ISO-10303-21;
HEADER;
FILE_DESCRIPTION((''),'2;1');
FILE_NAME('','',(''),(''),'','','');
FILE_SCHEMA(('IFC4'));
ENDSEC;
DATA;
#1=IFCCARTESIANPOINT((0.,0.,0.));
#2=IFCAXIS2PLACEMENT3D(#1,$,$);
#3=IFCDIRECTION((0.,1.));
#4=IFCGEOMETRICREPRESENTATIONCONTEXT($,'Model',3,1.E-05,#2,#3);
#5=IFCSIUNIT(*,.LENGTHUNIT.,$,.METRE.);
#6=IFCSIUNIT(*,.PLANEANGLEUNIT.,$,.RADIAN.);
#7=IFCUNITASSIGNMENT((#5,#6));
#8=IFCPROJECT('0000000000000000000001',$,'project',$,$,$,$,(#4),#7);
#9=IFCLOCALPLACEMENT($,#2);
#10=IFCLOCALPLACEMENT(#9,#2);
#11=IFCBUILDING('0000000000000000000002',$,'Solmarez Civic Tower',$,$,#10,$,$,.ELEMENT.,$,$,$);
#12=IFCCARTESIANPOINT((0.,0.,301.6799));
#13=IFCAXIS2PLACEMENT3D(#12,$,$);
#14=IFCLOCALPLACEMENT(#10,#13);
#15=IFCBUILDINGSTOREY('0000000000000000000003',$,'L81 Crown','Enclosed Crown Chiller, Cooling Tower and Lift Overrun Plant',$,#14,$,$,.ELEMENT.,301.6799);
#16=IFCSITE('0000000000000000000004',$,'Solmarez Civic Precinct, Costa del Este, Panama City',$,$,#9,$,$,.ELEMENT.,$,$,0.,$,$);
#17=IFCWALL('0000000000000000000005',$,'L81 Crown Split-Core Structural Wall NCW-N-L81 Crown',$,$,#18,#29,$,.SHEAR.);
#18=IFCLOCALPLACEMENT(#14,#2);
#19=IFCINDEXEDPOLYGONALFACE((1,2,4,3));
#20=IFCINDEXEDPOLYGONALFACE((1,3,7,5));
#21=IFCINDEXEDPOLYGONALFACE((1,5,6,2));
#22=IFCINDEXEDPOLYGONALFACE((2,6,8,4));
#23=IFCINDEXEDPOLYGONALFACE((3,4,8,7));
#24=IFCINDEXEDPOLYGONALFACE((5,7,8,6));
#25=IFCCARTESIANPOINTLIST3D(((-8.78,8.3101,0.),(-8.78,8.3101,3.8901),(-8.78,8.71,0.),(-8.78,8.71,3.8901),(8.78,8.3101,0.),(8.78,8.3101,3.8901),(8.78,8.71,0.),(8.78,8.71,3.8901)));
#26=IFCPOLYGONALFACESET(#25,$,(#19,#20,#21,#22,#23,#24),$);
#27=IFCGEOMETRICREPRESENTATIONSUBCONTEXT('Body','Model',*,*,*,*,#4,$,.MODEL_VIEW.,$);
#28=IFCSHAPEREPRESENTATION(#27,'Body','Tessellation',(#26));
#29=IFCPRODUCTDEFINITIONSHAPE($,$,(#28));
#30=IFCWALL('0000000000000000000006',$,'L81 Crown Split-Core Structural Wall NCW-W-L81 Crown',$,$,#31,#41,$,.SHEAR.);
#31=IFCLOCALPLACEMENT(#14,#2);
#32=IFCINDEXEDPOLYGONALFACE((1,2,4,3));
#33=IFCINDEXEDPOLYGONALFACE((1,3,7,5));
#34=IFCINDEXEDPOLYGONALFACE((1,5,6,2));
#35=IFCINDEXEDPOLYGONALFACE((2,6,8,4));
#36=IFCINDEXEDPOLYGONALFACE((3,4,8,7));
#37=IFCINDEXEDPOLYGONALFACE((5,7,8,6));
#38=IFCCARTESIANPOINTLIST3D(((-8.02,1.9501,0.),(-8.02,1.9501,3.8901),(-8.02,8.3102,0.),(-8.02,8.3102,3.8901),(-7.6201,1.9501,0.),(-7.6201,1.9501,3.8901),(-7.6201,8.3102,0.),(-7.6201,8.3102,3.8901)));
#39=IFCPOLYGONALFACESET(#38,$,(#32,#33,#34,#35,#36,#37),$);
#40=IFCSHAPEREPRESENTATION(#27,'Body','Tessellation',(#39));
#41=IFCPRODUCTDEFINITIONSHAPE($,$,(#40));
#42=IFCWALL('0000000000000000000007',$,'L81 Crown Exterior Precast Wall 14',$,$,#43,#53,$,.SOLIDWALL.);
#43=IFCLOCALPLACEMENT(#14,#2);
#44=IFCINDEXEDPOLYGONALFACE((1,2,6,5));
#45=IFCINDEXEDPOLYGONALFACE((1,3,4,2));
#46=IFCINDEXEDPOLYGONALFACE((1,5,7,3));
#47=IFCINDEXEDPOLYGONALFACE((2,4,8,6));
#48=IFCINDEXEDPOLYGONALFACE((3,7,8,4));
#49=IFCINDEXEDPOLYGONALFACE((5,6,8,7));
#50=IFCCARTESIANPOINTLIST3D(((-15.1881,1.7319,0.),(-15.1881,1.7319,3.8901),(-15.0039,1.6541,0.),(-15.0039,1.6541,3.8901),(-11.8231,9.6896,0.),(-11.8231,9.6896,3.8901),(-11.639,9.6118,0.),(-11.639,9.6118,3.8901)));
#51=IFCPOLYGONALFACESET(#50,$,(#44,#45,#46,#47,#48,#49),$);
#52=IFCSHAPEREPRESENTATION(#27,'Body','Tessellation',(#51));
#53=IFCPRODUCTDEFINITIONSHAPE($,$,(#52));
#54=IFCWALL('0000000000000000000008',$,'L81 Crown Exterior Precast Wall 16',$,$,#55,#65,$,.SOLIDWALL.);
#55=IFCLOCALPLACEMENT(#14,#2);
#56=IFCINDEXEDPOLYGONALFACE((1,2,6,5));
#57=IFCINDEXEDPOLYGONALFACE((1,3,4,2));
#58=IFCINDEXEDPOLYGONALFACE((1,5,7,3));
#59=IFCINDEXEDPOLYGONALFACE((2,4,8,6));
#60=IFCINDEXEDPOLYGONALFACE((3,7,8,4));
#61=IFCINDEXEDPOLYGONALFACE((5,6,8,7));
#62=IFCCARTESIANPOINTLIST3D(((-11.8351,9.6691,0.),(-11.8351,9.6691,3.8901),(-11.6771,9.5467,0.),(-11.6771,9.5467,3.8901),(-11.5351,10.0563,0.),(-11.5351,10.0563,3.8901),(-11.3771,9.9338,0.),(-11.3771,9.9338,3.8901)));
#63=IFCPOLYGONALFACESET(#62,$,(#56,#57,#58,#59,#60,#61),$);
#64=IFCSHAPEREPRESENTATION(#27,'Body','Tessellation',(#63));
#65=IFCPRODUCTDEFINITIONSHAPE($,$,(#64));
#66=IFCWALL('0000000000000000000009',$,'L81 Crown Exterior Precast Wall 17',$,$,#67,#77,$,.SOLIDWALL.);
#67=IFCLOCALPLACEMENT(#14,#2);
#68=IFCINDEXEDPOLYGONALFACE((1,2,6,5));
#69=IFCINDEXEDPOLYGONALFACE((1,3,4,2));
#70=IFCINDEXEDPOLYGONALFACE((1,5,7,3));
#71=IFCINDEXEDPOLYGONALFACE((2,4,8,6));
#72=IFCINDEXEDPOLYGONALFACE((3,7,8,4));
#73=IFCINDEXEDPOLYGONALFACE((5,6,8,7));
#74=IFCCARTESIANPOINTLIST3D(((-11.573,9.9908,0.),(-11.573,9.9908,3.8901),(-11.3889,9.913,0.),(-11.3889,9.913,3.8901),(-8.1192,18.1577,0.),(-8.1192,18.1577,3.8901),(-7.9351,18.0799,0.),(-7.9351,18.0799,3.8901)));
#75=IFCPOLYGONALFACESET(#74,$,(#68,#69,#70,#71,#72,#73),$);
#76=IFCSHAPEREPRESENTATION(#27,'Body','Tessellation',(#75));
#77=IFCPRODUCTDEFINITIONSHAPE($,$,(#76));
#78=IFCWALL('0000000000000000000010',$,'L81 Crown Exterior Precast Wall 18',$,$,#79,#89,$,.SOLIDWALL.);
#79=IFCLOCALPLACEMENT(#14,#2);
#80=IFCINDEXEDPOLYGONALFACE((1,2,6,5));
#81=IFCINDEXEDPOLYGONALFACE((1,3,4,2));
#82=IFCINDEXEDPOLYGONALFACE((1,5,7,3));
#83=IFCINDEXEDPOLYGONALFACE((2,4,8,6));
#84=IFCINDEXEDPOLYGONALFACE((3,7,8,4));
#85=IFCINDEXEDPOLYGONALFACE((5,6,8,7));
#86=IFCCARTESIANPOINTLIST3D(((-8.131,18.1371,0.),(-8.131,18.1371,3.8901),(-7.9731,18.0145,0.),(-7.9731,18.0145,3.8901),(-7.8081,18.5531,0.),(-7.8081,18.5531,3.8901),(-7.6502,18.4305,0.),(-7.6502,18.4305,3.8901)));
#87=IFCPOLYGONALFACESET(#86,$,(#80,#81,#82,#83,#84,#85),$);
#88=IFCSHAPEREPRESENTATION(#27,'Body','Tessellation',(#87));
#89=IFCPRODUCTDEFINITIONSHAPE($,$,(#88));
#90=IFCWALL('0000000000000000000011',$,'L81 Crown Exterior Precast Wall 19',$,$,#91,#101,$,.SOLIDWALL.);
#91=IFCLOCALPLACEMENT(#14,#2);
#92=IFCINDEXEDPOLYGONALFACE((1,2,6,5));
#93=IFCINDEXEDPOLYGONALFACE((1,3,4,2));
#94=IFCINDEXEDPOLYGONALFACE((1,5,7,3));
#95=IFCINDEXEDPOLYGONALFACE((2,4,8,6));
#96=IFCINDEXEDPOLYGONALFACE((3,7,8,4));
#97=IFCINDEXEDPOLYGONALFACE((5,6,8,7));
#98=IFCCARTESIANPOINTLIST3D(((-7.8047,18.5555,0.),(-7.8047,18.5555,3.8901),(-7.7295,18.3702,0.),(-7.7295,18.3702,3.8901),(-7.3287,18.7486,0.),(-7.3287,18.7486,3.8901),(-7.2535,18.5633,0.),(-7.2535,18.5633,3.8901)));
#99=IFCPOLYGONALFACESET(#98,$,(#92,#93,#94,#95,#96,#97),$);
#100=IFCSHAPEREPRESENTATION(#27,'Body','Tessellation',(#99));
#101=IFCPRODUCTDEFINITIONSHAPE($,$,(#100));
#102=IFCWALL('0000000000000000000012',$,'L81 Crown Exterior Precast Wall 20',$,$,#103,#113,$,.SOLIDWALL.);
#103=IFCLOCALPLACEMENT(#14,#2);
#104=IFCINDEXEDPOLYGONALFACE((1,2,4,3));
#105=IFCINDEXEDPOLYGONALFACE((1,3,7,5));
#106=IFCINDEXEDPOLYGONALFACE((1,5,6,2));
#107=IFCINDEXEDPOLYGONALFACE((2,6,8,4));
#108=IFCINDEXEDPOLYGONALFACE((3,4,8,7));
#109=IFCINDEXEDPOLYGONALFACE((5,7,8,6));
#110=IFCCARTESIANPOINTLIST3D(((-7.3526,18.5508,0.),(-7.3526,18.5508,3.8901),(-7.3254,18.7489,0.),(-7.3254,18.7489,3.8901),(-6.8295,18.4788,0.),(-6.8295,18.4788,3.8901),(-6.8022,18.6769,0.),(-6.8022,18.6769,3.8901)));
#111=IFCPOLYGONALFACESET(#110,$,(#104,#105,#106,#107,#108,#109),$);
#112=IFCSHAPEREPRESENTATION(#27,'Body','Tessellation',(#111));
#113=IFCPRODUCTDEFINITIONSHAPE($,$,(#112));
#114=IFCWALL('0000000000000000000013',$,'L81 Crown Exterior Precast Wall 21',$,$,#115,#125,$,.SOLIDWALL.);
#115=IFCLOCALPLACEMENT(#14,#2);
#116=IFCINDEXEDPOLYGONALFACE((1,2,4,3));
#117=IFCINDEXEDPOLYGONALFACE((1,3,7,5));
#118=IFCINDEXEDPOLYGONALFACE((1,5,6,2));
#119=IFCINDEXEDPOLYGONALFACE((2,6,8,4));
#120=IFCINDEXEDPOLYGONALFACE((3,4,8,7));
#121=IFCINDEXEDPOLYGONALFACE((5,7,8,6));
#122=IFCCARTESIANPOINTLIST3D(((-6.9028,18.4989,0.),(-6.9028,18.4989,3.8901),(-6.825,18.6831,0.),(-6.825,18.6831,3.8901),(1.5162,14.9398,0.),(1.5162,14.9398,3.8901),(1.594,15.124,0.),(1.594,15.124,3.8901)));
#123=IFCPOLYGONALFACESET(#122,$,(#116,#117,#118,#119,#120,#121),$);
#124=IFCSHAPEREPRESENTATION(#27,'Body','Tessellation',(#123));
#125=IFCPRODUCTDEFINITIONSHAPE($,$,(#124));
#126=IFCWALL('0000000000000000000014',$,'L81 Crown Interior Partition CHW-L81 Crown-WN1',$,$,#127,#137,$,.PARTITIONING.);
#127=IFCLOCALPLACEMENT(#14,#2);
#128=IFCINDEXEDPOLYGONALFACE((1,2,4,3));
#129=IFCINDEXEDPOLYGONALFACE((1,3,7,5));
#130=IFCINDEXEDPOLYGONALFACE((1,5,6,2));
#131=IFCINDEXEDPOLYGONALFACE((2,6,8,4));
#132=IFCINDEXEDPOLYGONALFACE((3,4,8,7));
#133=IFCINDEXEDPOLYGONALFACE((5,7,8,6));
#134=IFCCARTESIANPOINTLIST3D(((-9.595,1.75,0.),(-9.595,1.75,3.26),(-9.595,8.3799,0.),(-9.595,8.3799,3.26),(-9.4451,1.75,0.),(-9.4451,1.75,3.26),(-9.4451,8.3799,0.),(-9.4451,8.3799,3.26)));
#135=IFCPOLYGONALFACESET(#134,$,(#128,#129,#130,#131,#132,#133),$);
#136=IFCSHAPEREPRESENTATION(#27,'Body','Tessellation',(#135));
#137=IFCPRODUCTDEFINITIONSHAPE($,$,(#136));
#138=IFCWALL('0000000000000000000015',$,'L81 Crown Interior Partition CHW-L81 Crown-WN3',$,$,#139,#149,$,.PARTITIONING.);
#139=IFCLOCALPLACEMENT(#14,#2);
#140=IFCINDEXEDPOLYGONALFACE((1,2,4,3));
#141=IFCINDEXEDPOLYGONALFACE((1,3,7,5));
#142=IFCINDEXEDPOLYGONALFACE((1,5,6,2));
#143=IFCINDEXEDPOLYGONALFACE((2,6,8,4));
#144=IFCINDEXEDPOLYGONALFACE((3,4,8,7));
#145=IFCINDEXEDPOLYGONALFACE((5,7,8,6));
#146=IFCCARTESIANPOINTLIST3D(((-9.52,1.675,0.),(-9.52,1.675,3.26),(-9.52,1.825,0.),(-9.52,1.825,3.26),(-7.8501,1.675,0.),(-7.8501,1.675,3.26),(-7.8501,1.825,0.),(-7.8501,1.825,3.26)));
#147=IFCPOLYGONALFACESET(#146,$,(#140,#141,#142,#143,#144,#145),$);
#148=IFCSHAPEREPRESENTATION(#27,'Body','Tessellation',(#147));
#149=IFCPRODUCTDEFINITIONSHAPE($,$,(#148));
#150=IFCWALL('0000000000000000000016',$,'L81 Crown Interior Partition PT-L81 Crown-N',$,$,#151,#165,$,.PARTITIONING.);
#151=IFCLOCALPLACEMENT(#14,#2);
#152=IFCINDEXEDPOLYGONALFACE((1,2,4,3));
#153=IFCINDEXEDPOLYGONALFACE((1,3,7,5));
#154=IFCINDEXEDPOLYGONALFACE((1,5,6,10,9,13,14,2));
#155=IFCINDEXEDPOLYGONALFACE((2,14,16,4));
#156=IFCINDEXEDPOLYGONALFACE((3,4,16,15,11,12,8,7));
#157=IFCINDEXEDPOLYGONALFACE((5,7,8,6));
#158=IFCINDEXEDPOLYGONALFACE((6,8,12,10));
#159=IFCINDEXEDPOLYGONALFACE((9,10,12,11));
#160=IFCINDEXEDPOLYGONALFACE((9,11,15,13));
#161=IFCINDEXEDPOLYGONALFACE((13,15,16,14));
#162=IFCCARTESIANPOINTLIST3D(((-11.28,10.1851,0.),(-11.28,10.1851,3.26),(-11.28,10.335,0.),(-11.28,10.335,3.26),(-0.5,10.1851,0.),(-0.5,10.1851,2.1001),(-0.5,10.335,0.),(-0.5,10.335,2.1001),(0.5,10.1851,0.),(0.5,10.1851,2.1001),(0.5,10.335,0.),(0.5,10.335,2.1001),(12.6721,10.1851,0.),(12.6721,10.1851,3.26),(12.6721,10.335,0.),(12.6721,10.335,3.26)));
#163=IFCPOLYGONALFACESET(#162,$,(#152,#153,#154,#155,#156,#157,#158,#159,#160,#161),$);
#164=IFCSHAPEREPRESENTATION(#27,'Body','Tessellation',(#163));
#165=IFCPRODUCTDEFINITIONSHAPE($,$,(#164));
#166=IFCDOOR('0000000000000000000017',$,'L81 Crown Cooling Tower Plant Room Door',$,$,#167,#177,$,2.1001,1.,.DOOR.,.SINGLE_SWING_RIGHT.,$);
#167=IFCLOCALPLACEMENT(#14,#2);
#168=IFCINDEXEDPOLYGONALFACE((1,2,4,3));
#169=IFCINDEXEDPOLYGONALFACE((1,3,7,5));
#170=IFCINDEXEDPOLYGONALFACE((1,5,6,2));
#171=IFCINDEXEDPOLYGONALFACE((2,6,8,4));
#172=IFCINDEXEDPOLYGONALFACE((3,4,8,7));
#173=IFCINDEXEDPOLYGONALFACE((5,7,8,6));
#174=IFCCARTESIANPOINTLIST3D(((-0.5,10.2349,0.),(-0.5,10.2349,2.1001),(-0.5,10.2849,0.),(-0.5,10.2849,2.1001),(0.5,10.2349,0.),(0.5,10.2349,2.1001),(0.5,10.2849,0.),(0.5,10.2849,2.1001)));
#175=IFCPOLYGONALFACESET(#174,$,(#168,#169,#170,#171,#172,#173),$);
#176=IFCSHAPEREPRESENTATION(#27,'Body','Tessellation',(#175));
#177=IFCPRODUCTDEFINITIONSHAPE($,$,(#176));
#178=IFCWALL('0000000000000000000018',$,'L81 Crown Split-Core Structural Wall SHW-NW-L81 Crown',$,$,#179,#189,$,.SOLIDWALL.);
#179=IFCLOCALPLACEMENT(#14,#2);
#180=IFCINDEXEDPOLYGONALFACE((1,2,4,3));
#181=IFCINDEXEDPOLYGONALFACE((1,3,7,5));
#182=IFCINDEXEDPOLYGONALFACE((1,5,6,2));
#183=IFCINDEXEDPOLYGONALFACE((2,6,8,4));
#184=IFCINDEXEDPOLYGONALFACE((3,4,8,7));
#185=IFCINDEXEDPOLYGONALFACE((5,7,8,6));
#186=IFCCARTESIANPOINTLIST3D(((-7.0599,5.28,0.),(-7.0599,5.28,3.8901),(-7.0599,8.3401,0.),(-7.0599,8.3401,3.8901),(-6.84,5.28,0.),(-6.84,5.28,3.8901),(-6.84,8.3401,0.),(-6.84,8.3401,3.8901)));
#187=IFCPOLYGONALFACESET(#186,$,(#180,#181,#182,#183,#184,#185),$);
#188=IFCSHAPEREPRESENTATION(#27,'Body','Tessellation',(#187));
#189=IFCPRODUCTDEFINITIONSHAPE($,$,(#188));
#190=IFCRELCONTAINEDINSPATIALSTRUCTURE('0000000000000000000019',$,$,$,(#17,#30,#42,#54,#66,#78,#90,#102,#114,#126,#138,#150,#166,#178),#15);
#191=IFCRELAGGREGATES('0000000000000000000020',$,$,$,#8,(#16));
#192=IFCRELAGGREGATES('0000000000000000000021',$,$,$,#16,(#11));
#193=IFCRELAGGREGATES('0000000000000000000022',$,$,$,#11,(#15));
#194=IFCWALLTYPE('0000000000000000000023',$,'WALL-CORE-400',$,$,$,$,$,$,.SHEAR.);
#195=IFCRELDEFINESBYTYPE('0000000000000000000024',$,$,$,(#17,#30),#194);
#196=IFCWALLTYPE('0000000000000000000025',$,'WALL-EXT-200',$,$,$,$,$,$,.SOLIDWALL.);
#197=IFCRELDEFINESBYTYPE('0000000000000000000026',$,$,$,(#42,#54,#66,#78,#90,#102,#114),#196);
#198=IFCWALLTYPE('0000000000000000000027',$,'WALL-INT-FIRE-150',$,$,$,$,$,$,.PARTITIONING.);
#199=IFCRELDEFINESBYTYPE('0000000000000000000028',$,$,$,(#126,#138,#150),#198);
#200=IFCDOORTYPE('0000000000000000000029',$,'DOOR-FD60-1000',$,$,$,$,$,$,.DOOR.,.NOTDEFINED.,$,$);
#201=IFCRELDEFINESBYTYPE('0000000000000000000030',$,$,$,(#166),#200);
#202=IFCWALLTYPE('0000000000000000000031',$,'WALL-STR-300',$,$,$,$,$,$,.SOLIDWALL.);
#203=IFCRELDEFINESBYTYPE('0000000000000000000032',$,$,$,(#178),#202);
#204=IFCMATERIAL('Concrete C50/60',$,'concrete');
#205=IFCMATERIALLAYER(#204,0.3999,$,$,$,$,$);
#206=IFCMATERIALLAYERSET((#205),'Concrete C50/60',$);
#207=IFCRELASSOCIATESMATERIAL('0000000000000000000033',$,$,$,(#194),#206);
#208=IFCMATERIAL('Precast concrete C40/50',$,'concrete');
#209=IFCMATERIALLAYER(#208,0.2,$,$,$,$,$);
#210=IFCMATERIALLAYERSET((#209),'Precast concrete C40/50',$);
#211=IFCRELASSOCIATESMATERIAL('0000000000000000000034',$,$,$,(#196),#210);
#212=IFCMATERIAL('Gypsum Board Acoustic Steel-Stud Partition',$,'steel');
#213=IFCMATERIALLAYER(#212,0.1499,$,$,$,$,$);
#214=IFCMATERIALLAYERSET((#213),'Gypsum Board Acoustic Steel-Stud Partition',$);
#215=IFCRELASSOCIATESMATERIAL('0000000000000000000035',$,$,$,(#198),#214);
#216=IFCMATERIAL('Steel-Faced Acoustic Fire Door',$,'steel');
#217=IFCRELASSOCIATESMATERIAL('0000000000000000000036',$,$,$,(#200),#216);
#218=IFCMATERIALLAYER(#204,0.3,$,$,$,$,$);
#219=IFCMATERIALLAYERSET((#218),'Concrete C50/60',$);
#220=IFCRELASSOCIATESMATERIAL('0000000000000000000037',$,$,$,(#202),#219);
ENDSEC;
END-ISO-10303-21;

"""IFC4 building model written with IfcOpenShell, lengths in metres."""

from ifc_helpers import new_model, si_unit, direction, frame, frame_2d, origin, place, context, subcontext, project, spatial, rectangle, extrude, material, layer, layer_set, type_object, element, fill, save


model = new_model("IFC4")

# Units and contexts
model_context = context("Model", 3, precision=1e-05, world=origin(), true_north=direction((0.0, 1.0)))
body_context = subcontext(model_context, "Body", "Model", "MODEL_VIEW")
ifc_project = project(units=[si_unit("LENGTHUNIT", "METRE"), si_unit("PLANEANGLEUNIT", "RADIAN")], contexts=[model_context])

# Site, building, storey
site_placement = place(None, origin())
site = spatial("IfcSite", under=ifc_project, at=site_placement, Name="Solmarez Civic Precinct, Costa del Este, Panama City", CompositionType="ELEMENT", RefElevation=0.0)
building_placement = place(site_placement, origin())
building = spatial("IfcBuilding", under=site, at=building_placement, Name="Solmarez Civic Tower", CompositionType="ELEMENT")
storey_placement = place(building_placement, frame((0.0, 0.0, 301.6799)))
storey = spatial("IfcBuildingStorey", under=building, at=storey_placement, Name="L81 Crown", Description="Enclosed Crown Chiller, Cooling Tower and Lift Overrun Plant", CompositionType="ELEMENT", Elevation=301.6799)

# Walls
ifc_material_1 = material(Name="Concrete C50/60", Category="concrete")
ifc_layer_1 = layer(ifc_material_1, 0.3999)
ifc_layer_set_1 = layer_set([ifc_layer_1], Name="Concrete C50/60")
wall_type_1 = type_object("IfcWallType", Name="WALL-CORE-400", PredefinedType="SHEAR", material=ifc_layer_set_1)
wall_1_placement = place(storey_placement, frame((-8.78, 8.51, 0.0), z_axis=(0.0, 0.0, 1.0), x_axis=(1.0, 0.0, 0.0)))
element("IfcWall", 1, at=wall_1_placement, inside=storey, type_object=wall_type_1, Name="L81 Crown Split-Core Structural Wall NCW-N-L81 Crown", PredefinedType="SHEAR", context=body_context, shape_type="SweptSolid", body=[
    extrude(rectangle(XDim=17.5601, YDim=0.3999, at=frame_2d((8.78, 0.0))), origin(), (0.0, 0.0, 1.0), 3.8901),
])
wall_2_placement = place(storey_placement, frame((-7.8201, 1.95, 0.0), z_axis=(0.0, 0.0, 1.0), x_axis=(0.0, 1.0, 0.0)))
element("IfcWall", 2, at=wall_2_placement, inside=storey, type_object=wall_type_1, Name="L81 Crown Split-Core Structural Wall NCW-W-L81 Crown", PredefinedType="SHEAR", context=body_context, shape_type="SweptSolid", body=[
    extrude(rectangle(XDim=6.3601, YDim=0.3999, at=frame_2d((3.1802, 0.0))), origin(), (0.0, 0.0, 1.0), 3.8901),
])
ifc_material_2 = material(Name="Precast concrete C40/50", Category="concrete")
ifc_layer_2 = layer(ifc_material_2, 0.2)
ifc_layer_set_2 = layer_set([ifc_layer_2], Name="Precast concrete C40/50")
wall_type_2 = type_object("IfcWallType", Name="WALL-EXT-200", PredefinedType="SOLIDWALL", material=ifc_layer_set_2)
wall_3_placement = place(storey_placement, frame((-15.0959, 1.6931, 0.0), z_axis=(0.0, 0.0, 1.0), x_axis=(0.389468, 0.92104, 0.0)))
element("IfcWall", 3, at=wall_3_placement, inside=storey, type_object=wall_type_2, Name="L81 Crown Exterior Precast Wall 14", PredefinedType="SOLIDWALL", context=body_context, shape_type="SweptSolid", body=[
    extrude(rectangle(XDim=8.6399, YDim=0.2, at=frame_2d((4.3198, 0.0))), origin(), (0.0, 0.0, 1.0), 3.8901),
])
wall_4_placement = place(storey_placement, frame((-11.7561, 9.6079, 0.0), z_axis=(0.0, 0.0, 1.0), x_axis=(0.612525, 0.790451, 0.0)))
element("IfcWall", 4, at=wall_4_placement, inside=storey, type_object=wall_type_2, Name="L81 Crown Exterior Precast Wall 16", PredefinedType="SOLIDWALL", context=body_context, shape_type="SweptSolid", body=[
    extrude(rectangle(XDim=0.4897, YDim=0.2, at=frame_2d((0.2449, 0.0))), origin(), (0.0, 0.0, 1.0), 3.8901),
])
wall_5_placement = place(storey_placement, frame((-11.481, 9.9519, 0.0), z_axis=(0.0, 0.0, 1.0), x_axis=(0.389505, 0.921024, 0.0)))
element("IfcWall", 5, at=wall_5_placement, inside=storey, type_object=wall_type_2, Name="L81 Crown Exterior Precast Wall 17", PredefinedType="SOLIDWALL", context=body_context, shape_type="SweptSolid", body=[
    extrude(rectangle(XDim=8.8672, YDim=0.2, at=frame_2d((4.4336, 0.0))), origin(), (0.0, 0.0, 1.0), 3.8901),
])
wall_6_placement = place(storey_placement, frame((-8.052, 18.0759, 0.0), z_axis=(0.0, 0.0, 1.0), x_axis=(0.613266, 0.789876, 0.0)))
element("IfcWall", 6, at=wall_6_placement, inside=storey, type_object=wall_type_2, Name="L81 Crown Exterior Precast Wall 18", PredefinedType="SOLIDWALL", context=body_context, shape_type="SweptSolid", body=[
    extrude(rectangle(XDim=0.5266, YDim=0.2, at=frame_2d((0.2632, 0.0))), origin(), (0.0, 0.0, 1.0), 3.8901),
])
wall_7_placement = place(storey_placement, frame((-7.7671, 18.4629, 0.0), z_axis=(0.0, 0.0, 1.0), x_axis=(0.926663, 0.375893, 0.0)))
element("IfcWall", 7, at=wall_7_placement, inside=storey, type_object=wall_type_2, Name="L81 Crown Exterior Precast Wall 19", PredefinedType="SOLIDWALL", context=body_context, shape_type="SweptSolid", body=[
    extrude(rectangle(XDim=0.5137, YDim=0.2, at=frame_2d((0.2568, 0.0))), origin(), (0.0, 0.0, 1.0), 3.8901),
])
wall_8_placement = place(storey_placement, frame((-7.3391, 18.6499, 0.0), z_axis=(0.0, 0.0, 1.0), x_axis=(0.990658, -0.136371, 0.0)))
element("IfcWall", 8, at=wall_8_placement, inside=storey, type_object=wall_type_2, Name="L81 Crown Exterior Precast Wall 20", PredefinedType="SOLIDWALL", context=body_context, shape_type="SweptSolid", body=[
    extrude(rectangle(XDim=0.5281, YDim=0.2, at=frame_2d((0.2642, 0.0))), origin(), (0.0, 0.0, 1.0), 3.8901),
])
wall_9_placement = place(storey_placement, frame((-6.864, 18.5911, 0.0), z_axis=(0.0, 0.0, 1.0), x_axis=(0.921076, -0.389382, 0.0)))
element("IfcWall", 9, at=wall_9_placement, inside=storey, type_object=wall_type_2, Name="L81 Crown Exterior Precast Wall 21", PredefinedType="SOLIDWALL", context=body_context, shape_type="SweptSolid", body=[
    extrude(rectangle(XDim=9.1404, YDim=0.2, at=frame_2d((4.5703, 0.0))), origin(), (0.0, 0.0, 1.0), 3.8901),
])
ifc_material_3 = material(Name="Gypsum Board Acoustic Steel-Stud Partition", Category="steel")
ifc_layer_3 = layer(ifc_material_3, 0.1499)
ifc_layer_set_3 = layer_set([ifc_layer_3], Name="Gypsum Board Acoustic Steel-Stud Partition")
wall_type_3 = type_object("IfcWallType", Name="WALL-INT-FIRE-150", PredefinedType="PARTITIONING", material=ifc_layer_set_3)
wall_10_placement = place(storey_placement, frame((-9.52, 1.75, 0.0), z_axis=(0.0, 0.0, 1.0), x_axis=(0.0, 1.0, 0.0)))
element("IfcWall", 10, at=wall_10_placement, inside=storey, type_object=wall_type_3, Name="L81 Crown Interior Partition CHW-L81 Crown-WN1", PredefinedType="PARTITIONING", context=body_context, shape_type="SweptSolid", body=[
    extrude(rectangle(XDim=6.6299, YDim=0.1499, at=frame_2d((3.3149, 0.0))), origin(), (0.0, 0.0, 1.0), 3.26),
])
wall_11_placement = place(storey_placement, frame((-7.8501, 1.75, 0.0), z_axis=(0.0, 0.0, 1.0), x_axis=(-1.0, 0.0, 0.0)))
element("IfcWall", 11, at=wall_11_placement, inside=storey, type_object=wall_type_3, Name="L81 Crown Interior Partition CHW-L81 Crown-WN3", PredefinedType="PARTITIONING", context=body_context, shape_type="SweptSolid", body=[
    extrude(rectangle(XDim=1.6699, YDim=0.1499, at=frame_2d((0.835, 0.0))), origin(), (0.0, 0.0, 1.0), 3.26),
])

# Wall, opening, door
wall_12_placement = place(storey_placement, frame((-11.28, 10.26, 0.0), z_axis=(0.0, 0.0, 1.0), x_axis=(1.0, 0.0, 0.0)))
wall_12 = element("IfcWall", 12, at=wall_12_placement, inside=storey, type_object=wall_type_3, Name="L81 Crown Interior Partition PT-L81 Crown-N", PredefinedType="PARTITIONING", context=body_context, shape_type="SweptSolid", body=[
    extrude(rectangle(XDim=23.9521, YDim=0.1499, at=frame_2d((11.9761, 0.0))), origin(), (0.0, 0.0, 1.0), 3.26),
])
opening_placement = place(wall_12_placement, frame((10.78, 0.0, 0.0)))
opening = element("IfcOpeningElement", 13, at=opening_placement, cuts=wall_12, PredefinedType="OPENING", context=body_context, shape_type="SweptSolid", body=[
    extrude(rectangle(XDim=1.0, YDim=2.1001, at=frame_2d((0.5, 1.05))), frame((0.0, 0.085, 0.0), z_axis=(0.0, -1.0, 0.0), x_axis=(1.0, 0.0, 0.0)), (0.0, 0.0, 1.0), 0.1699),
])
ifc_material_4 = material(Name="Steel-Faced Acoustic Fire Door", Category="steel")
door_type = type_object("IfcDoorType", Name="DOOR-FD60-1000", OperationType="NOTDEFINED", PredefinedType="DOOR", material=ifc_material_4)
door_placement = place(opening_placement, origin())
door = element("IfcDoor", 14, at=door_placement, inside=storey, type_object=door_type, Name="L81 Crown Cooling Tower Plant Room Door", OperationType="SINGLE_SWING_RIGHT", OverallHeight=2.1001, OverallWidth=1.0, PredefinedType="DOOR", context=body_context, shape_type="SweptSolid", body=[
    extrude(rectangle(XDim=1.0, YDim=2.1001, at=frame_2d((0.5, 1.05))), frame((0.0, 0.0249, 0.0), z_axis=(0.0, -1.0, 0.0), x_axis=(1.0, 0.0, 0.0)), (0.0, 0.0, 1.0), 0.05),
])
fill(opening, door)

# Wall
ifc_layer_4 = layer(ifc_material_1, 0.3)
ifc_layer_set_4 = layer_set([ifc_layer_4], Name="Concrete C50/60")
wall_type_4 = type_object("IfcWallType", Name="WALL-STR-300", PredefinedType="SOLIDWALL", material=ifc_layer_set_4)
wall_13_placement = place(storey_placement, frame((-6.95, 5.28, 0.0), z_axis=(0.0, 0.0, 1.0), x_axis=(0.0, 1.0, 0.0)))
element("IfcWall", 15, at=wall_13_placement, inside=storey, type_object=wall_type_4, Name="L81 Crown Split-Core Structural Wall SHW-NW-L81 Crown", PredefinedType="SOLIDWALL", context=body_context, shape_type="SweptSolid", body=[
    extrude(rectangle(XDim=3.0601, YDim=0.22, at=frame_2d((1.53, 0.0))), origin(), (0.0, 0.0, 1.0), 3.8901),
])

save(model, "model.ifc")
